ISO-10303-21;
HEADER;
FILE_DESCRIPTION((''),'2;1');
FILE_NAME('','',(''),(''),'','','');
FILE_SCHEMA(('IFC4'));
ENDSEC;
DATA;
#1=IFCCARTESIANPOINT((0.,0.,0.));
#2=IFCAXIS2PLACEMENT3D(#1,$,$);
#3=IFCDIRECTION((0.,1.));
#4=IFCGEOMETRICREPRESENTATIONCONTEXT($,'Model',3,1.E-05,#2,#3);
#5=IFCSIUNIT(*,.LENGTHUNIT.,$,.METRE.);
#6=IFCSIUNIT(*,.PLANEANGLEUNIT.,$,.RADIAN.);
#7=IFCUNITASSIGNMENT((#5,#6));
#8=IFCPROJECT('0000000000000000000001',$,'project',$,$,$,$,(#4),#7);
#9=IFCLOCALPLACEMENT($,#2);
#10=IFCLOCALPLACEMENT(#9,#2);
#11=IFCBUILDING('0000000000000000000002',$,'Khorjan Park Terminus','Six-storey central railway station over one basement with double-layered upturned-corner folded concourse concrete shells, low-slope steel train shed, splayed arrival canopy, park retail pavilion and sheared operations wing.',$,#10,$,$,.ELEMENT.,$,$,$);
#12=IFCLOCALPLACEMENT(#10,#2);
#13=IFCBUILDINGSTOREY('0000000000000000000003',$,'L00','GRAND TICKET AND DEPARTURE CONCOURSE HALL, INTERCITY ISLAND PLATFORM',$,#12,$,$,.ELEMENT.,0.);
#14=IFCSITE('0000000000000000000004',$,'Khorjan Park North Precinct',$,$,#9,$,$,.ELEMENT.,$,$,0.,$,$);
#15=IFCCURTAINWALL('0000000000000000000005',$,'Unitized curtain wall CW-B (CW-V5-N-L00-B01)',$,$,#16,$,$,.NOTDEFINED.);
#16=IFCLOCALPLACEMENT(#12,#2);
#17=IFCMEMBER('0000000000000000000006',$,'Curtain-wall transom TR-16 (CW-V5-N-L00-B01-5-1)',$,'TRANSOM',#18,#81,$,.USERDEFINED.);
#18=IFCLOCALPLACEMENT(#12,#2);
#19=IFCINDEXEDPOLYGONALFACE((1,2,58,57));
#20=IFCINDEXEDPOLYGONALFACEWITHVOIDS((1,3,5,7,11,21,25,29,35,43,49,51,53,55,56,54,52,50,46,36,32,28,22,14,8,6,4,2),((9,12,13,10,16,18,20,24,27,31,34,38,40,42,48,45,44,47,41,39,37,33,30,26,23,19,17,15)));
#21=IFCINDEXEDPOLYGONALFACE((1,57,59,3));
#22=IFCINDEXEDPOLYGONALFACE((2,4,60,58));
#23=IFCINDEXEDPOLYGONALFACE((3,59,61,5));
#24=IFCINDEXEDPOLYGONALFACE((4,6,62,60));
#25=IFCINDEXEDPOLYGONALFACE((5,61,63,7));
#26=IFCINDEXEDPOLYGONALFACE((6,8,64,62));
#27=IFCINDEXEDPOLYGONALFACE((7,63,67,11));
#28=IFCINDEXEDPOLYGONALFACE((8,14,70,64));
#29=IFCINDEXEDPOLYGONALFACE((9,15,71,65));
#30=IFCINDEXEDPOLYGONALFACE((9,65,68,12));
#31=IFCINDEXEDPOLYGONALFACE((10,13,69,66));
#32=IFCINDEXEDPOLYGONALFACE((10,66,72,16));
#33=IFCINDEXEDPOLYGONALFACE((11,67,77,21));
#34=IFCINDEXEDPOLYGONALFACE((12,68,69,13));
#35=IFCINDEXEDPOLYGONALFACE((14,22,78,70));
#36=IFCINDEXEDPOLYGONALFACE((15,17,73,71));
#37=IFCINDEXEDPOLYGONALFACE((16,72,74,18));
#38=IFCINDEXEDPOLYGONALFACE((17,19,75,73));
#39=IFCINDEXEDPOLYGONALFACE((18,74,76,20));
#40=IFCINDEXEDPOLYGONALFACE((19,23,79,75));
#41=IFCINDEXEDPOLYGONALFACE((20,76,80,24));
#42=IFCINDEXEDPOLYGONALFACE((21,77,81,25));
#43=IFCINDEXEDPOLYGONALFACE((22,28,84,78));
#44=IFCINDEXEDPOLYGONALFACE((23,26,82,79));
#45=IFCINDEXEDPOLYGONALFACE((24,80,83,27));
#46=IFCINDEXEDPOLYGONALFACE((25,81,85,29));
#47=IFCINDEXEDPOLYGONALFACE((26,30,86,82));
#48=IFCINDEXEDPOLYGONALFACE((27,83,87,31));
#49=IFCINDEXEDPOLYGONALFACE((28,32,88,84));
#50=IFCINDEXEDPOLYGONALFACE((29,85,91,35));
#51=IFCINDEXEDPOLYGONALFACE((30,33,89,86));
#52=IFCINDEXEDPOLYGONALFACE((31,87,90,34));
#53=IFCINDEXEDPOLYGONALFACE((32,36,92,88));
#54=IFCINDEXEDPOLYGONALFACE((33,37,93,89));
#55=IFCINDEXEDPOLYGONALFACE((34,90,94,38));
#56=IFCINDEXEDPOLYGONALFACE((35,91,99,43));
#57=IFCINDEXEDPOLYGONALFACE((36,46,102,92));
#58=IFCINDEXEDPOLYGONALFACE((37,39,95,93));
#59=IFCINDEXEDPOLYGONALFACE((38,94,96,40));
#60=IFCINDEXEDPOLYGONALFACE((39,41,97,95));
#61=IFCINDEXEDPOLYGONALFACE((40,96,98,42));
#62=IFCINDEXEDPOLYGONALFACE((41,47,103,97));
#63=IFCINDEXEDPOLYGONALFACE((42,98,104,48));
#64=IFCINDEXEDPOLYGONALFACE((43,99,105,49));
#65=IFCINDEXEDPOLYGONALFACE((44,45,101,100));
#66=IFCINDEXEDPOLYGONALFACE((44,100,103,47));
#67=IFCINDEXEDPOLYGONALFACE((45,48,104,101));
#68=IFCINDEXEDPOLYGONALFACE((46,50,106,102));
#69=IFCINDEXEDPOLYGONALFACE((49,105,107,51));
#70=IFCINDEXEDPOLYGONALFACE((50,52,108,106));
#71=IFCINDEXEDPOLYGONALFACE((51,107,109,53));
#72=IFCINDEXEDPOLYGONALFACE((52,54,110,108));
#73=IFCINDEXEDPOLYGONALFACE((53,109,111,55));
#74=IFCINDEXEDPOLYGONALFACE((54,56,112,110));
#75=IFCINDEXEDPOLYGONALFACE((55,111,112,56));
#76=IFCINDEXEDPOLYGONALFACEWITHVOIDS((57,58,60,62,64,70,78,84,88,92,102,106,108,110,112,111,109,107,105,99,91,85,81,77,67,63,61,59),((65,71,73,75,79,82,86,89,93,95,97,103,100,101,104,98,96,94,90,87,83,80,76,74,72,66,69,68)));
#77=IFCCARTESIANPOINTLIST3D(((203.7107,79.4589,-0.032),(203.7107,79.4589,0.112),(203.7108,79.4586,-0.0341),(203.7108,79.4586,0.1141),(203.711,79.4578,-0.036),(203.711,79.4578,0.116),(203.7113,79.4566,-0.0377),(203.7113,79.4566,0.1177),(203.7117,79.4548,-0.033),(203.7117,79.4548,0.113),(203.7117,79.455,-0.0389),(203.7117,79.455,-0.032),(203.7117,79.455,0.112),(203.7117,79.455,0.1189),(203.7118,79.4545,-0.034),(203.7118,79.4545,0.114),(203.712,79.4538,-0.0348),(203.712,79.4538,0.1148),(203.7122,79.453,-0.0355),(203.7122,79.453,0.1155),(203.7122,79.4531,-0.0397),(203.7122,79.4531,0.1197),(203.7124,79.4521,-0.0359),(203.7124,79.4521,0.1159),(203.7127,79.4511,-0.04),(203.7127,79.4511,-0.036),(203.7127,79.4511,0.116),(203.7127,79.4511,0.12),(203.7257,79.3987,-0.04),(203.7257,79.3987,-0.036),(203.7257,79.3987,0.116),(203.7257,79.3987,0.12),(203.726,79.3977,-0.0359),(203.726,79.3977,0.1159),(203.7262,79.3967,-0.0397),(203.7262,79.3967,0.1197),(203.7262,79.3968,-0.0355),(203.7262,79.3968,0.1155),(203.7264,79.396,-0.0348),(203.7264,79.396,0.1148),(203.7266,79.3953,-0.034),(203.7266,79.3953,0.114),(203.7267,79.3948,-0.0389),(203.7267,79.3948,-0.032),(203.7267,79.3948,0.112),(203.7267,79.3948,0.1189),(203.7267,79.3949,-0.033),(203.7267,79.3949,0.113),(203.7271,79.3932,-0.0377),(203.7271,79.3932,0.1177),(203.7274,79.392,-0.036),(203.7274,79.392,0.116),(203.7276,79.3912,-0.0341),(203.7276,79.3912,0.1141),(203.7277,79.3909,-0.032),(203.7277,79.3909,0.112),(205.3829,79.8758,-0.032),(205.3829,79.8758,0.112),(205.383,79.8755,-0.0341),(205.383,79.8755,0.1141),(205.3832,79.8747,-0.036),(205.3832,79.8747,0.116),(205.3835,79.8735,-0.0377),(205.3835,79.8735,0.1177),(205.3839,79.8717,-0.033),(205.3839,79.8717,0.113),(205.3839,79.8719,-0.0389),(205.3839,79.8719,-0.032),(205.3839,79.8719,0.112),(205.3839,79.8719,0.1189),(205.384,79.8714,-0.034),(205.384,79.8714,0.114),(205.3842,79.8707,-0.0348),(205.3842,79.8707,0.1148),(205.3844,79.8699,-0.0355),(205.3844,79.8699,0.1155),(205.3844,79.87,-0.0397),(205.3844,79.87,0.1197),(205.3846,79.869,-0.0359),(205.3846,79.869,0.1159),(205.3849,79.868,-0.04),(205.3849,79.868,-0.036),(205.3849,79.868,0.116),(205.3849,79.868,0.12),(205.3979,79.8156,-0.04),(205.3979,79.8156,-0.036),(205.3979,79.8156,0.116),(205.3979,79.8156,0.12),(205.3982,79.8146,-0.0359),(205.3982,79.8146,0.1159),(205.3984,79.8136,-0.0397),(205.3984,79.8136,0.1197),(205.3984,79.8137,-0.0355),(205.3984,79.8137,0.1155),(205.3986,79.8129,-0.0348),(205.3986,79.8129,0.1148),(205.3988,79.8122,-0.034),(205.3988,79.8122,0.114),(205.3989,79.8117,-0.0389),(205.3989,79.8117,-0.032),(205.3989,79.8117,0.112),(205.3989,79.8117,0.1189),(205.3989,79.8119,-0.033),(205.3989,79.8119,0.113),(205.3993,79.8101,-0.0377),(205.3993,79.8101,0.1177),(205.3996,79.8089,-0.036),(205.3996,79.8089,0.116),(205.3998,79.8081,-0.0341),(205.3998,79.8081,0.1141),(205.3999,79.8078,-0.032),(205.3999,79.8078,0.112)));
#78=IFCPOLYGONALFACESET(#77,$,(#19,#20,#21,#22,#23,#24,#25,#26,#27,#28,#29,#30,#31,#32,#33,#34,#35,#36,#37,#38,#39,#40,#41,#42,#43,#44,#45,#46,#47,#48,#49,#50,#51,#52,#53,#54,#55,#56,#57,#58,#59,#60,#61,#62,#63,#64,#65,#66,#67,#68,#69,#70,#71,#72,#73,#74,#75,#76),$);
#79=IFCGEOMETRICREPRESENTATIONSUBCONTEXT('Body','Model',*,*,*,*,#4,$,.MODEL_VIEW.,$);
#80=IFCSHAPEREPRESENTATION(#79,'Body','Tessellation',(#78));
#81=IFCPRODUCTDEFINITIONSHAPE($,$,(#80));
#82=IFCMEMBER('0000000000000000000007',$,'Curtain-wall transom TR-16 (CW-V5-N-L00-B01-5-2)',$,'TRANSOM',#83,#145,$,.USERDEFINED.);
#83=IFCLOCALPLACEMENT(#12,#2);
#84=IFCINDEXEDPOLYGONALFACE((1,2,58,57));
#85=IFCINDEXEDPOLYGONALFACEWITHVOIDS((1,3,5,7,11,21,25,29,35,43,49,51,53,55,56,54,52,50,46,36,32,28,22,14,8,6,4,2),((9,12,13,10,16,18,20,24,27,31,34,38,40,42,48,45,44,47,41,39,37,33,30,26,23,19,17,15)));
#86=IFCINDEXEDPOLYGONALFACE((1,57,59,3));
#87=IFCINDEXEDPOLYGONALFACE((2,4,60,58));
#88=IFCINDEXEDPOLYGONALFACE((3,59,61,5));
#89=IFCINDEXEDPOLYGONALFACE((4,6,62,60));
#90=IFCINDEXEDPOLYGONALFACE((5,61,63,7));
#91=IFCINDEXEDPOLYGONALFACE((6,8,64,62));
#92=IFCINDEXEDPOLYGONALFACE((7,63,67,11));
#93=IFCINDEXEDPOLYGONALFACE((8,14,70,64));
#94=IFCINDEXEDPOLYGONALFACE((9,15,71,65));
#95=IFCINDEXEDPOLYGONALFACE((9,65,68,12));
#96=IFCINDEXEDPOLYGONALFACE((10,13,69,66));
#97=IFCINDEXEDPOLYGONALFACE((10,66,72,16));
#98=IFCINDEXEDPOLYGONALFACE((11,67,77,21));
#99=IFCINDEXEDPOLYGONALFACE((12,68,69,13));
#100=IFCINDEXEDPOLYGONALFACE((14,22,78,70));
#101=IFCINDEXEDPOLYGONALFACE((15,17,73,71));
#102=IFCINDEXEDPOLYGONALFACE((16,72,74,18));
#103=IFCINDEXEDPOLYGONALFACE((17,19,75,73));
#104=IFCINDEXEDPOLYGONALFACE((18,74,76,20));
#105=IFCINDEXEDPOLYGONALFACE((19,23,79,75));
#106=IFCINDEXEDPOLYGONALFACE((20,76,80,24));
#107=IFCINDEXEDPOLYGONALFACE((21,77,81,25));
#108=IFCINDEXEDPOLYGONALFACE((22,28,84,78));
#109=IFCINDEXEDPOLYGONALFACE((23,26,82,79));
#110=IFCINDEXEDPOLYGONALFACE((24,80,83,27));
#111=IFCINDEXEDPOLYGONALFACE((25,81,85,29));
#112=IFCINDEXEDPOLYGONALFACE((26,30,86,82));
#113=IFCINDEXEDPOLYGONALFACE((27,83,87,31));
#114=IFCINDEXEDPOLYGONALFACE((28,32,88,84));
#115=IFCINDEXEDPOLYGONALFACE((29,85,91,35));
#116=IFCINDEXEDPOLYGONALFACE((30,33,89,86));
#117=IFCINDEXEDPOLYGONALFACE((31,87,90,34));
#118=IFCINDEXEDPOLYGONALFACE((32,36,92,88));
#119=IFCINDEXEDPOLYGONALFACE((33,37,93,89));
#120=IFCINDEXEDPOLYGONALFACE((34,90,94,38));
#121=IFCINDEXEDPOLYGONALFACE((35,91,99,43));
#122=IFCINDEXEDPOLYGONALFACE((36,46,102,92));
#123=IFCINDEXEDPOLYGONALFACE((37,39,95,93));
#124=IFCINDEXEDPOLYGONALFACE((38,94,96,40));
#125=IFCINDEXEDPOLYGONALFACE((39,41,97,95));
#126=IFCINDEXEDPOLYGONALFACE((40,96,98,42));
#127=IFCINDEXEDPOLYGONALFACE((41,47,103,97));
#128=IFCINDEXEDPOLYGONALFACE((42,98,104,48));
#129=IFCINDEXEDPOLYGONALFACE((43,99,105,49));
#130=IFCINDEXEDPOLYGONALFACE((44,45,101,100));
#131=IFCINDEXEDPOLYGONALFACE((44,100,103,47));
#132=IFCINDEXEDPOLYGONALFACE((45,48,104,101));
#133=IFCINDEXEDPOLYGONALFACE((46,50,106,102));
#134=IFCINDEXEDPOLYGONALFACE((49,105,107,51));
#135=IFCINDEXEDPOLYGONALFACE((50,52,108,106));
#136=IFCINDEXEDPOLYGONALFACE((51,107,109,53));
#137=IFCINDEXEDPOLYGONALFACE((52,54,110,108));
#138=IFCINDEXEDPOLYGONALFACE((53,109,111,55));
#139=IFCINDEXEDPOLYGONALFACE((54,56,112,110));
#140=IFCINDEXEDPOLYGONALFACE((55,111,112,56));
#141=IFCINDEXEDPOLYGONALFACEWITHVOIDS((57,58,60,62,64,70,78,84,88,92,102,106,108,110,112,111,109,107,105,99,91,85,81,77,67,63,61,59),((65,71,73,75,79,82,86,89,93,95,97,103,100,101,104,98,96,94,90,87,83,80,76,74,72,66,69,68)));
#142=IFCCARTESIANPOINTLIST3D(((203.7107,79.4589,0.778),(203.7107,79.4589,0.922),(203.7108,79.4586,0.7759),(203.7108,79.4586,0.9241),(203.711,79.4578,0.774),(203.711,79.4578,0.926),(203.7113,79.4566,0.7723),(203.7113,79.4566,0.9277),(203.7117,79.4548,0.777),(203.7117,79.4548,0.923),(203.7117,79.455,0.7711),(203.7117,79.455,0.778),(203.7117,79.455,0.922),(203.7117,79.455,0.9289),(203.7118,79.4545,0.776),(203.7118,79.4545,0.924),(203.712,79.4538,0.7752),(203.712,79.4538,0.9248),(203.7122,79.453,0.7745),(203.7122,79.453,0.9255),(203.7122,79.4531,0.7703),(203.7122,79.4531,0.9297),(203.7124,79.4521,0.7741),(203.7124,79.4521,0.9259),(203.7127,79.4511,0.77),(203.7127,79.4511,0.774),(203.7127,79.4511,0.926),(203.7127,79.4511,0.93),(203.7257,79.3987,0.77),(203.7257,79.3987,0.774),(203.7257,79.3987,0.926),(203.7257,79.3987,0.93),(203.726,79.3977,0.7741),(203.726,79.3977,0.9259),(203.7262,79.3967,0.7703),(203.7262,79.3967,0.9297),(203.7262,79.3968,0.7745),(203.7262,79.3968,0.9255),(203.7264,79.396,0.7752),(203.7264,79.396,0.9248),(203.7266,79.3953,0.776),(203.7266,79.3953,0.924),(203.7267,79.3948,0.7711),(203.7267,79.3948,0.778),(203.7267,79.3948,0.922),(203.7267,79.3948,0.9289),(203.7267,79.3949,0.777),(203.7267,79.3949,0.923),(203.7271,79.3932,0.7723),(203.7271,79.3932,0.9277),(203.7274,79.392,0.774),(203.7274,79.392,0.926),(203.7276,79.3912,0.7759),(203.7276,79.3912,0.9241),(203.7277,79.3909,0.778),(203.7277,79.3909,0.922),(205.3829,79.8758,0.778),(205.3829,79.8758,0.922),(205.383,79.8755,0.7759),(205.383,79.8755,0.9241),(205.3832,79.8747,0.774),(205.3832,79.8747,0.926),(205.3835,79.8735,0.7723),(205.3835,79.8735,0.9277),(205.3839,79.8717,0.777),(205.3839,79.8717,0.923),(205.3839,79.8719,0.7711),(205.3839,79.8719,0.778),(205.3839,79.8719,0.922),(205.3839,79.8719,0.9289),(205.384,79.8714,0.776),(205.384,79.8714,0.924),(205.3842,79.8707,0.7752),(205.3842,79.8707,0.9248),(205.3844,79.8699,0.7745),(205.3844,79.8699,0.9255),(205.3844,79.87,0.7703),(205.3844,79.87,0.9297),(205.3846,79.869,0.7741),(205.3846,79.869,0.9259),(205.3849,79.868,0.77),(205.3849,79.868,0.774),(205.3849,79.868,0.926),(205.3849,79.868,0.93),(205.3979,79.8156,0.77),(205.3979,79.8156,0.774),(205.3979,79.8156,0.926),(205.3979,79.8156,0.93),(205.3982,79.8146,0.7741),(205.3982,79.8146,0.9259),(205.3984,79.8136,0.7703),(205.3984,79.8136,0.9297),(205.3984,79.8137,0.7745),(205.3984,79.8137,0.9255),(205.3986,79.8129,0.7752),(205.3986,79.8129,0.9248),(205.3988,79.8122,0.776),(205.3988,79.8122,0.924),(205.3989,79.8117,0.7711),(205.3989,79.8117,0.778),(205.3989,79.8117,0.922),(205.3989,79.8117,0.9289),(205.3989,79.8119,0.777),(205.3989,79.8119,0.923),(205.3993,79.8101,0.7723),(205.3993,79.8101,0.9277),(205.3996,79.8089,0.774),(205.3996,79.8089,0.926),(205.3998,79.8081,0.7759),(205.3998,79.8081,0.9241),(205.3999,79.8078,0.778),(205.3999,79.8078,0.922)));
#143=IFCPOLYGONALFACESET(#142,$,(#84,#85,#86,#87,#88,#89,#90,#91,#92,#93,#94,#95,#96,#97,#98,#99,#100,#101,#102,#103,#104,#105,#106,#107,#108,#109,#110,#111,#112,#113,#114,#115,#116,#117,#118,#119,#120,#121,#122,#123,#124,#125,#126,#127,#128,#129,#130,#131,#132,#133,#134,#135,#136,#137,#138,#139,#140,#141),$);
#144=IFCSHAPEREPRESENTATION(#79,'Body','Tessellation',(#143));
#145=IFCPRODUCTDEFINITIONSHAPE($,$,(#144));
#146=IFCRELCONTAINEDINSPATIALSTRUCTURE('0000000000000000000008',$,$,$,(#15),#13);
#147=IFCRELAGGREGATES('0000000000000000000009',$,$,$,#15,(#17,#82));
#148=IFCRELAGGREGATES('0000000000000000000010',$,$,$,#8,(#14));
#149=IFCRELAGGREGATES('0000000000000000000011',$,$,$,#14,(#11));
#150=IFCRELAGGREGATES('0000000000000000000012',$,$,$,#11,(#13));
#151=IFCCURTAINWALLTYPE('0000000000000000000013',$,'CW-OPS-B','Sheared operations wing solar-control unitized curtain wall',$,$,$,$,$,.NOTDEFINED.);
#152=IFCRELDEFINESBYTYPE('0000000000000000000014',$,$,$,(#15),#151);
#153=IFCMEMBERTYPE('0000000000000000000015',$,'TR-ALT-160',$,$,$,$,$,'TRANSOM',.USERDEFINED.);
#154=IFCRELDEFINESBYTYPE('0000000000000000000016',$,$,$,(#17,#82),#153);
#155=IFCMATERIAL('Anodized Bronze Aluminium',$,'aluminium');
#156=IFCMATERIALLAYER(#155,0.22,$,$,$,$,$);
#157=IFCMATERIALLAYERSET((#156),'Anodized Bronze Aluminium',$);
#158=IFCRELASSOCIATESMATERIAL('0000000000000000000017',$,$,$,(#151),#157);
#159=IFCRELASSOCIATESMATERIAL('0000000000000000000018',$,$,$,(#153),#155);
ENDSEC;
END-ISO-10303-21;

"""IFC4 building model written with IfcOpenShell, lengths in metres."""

from ifc_helpers import new_model, si_unit, direction, frame, origin, origin_2d, place, context, subcontext, project, spatial, hollow_rectangle, extrude, material, layer, layer_set, material_profile, profile_set, type_object, element, aggregate, save


model = new_model("IFC4")

# Units and contexts
model_context = context("Model", 3, precision=1e-05, world=origin(), true_north=direction((0.0, 1.0)))
body_context = subcontext(model_context, "Body", "Model", "MODEL_VIEW")
ifc_project = project(units=[si_unit("LENGTHUNIT", "METRE"), si_unit("PLANEANGLEUNIT", "RADIAN")], contexts=[model_context])

# Site, building, storey
site_placement = place(None, origin())
site = spatial("IfcSite", under=ifc_project, at=site_placement, Name="Khorjan Park North Precinct", CompositionType="ELEMENT", RefElevation=0.0)
building_placement = place(site_placement, origin())
building = spatial("IfcBuilding", under=site, at=building_placement, Name="Khorjan Park Terminus", Description="Six-storey central railway station over one basement with double-layered upturned-corner folded concourse concrete shells, low-slope steel train shed, splayed arrival canopy, park retail pavilion and sheared operations wing.", CompositionType="ELEMENT")
storey_placement = place(building_placement, origin())
storey = spatial("IfcBuildingStorey", under=building, at=storey_placement, Name="L00", Description="GRAND TICKET AND DEPARTURE CONCOURSE HALL, INTERCITY ISLAND PLATFORM", CompositionType="ELEMENT", Elevation=0.0)

# Curtain wall, members
ifc_material_1 = material(Name="Anodized Bronze Aluminium", Category="aluminium")
ifc_layer_1 = layer(ifc_material_1, 0.22)
ifc_layer_set_1 = layer_set([ifc_layer_1], Name="Anodized Bronze Aluminium")
curtain_wall_type = type_object("IfcCurtainWallType", Name="CW-OPS-B", Description="Sheared operations wing solar-control unitized curtain wall", PredefinedType="NOTDEFINED", material=ifc_layer_set_1)
curtain_wall_placement = place(storey_placement, origin())
curtain_wall = element("IfcCurtainWall", 1, at=curtain_wall_placement, inside=storey, type_object=curtain_wall_type, Name="Unitized curtain wall CW-B (CW-V5-N-L00-B01)", PredefinedType="NOTDEFINED")
ifc_material_profile_1 = material_profile(ifc_material_1, hollow_rectangle(XDim=0.07, YDim=0.16, WallThickness=0.004, InnerFilletRadius=0.004, OuterFilletRadius=0.008, at=origin_2d()), Name="ALT 70x160x4")
ifc_profile_set_1 = profile_set([ifc_material_profile_1], Name="Anodized Bronze Aluminium")
member_type_1 = type_object("IfcMemberType", Name="TR-ALT-160", ElementType="TRANSOM", PredefinedType="USERDEFINED", material=ifc_profile_set_1)
member_1_placement = place(storey_placement, frame((205.3914, 79.8418, 0.04), z_axis=(-0.970299, -0.241908, 0.0), x_axis=(0.241908, -0.970299, 0.0)))
member_1 = element("IfcMember", 2, at=member_1_placement, type_object=member_type_1, Name="Curtain-wall transom TR-16 (CW-V5-N-L00-B01-5-1)", ObjectType="TRANSOM", PredefinedType="USERDEFINED", context=body_context, shape_type="SweptSolid", body=[
    extrude(hollow_rectangle(XDim=0.07, YDim=0.16, WallThickness=0.004, InnerFilletRadius=0.004, OuterFilletRadius=0.008, at=origin_2d()), origin(), (0.0, 0.0, 1.0), 1.7234),
])
member_2_placement = place(storey_placement, frame((205.3914, 79.8418, 0.85), z_axis=(-0.970299, -0.241908, 0.0), x_axis=(0.241908, -0.970299, 0.0)))
member_2 = element("IfcMember", 3, at=member_2_placement, type_object=member_type_1, Name="Curtain-wall transom TR-16 (CW-V5-N-L00-B01-5-2)", ObjectType="TRANSOM", PredefinedType="USERDEFINED", context=body_context, shape_type="SweptSolid", body=[
    extrude(hollow_rectangle(XDim=0.07, YDim=0.16, WallThickness=0.004, InnerFilletRadius=0.004, OuterFilletRadius=0.008, at=origin_2d()), origin(), (0.0, 0.0, 1.0), 1.7234),
])
aggregate(curtain_wall, [member_1, member_2])

save(model, "model.ifc")
